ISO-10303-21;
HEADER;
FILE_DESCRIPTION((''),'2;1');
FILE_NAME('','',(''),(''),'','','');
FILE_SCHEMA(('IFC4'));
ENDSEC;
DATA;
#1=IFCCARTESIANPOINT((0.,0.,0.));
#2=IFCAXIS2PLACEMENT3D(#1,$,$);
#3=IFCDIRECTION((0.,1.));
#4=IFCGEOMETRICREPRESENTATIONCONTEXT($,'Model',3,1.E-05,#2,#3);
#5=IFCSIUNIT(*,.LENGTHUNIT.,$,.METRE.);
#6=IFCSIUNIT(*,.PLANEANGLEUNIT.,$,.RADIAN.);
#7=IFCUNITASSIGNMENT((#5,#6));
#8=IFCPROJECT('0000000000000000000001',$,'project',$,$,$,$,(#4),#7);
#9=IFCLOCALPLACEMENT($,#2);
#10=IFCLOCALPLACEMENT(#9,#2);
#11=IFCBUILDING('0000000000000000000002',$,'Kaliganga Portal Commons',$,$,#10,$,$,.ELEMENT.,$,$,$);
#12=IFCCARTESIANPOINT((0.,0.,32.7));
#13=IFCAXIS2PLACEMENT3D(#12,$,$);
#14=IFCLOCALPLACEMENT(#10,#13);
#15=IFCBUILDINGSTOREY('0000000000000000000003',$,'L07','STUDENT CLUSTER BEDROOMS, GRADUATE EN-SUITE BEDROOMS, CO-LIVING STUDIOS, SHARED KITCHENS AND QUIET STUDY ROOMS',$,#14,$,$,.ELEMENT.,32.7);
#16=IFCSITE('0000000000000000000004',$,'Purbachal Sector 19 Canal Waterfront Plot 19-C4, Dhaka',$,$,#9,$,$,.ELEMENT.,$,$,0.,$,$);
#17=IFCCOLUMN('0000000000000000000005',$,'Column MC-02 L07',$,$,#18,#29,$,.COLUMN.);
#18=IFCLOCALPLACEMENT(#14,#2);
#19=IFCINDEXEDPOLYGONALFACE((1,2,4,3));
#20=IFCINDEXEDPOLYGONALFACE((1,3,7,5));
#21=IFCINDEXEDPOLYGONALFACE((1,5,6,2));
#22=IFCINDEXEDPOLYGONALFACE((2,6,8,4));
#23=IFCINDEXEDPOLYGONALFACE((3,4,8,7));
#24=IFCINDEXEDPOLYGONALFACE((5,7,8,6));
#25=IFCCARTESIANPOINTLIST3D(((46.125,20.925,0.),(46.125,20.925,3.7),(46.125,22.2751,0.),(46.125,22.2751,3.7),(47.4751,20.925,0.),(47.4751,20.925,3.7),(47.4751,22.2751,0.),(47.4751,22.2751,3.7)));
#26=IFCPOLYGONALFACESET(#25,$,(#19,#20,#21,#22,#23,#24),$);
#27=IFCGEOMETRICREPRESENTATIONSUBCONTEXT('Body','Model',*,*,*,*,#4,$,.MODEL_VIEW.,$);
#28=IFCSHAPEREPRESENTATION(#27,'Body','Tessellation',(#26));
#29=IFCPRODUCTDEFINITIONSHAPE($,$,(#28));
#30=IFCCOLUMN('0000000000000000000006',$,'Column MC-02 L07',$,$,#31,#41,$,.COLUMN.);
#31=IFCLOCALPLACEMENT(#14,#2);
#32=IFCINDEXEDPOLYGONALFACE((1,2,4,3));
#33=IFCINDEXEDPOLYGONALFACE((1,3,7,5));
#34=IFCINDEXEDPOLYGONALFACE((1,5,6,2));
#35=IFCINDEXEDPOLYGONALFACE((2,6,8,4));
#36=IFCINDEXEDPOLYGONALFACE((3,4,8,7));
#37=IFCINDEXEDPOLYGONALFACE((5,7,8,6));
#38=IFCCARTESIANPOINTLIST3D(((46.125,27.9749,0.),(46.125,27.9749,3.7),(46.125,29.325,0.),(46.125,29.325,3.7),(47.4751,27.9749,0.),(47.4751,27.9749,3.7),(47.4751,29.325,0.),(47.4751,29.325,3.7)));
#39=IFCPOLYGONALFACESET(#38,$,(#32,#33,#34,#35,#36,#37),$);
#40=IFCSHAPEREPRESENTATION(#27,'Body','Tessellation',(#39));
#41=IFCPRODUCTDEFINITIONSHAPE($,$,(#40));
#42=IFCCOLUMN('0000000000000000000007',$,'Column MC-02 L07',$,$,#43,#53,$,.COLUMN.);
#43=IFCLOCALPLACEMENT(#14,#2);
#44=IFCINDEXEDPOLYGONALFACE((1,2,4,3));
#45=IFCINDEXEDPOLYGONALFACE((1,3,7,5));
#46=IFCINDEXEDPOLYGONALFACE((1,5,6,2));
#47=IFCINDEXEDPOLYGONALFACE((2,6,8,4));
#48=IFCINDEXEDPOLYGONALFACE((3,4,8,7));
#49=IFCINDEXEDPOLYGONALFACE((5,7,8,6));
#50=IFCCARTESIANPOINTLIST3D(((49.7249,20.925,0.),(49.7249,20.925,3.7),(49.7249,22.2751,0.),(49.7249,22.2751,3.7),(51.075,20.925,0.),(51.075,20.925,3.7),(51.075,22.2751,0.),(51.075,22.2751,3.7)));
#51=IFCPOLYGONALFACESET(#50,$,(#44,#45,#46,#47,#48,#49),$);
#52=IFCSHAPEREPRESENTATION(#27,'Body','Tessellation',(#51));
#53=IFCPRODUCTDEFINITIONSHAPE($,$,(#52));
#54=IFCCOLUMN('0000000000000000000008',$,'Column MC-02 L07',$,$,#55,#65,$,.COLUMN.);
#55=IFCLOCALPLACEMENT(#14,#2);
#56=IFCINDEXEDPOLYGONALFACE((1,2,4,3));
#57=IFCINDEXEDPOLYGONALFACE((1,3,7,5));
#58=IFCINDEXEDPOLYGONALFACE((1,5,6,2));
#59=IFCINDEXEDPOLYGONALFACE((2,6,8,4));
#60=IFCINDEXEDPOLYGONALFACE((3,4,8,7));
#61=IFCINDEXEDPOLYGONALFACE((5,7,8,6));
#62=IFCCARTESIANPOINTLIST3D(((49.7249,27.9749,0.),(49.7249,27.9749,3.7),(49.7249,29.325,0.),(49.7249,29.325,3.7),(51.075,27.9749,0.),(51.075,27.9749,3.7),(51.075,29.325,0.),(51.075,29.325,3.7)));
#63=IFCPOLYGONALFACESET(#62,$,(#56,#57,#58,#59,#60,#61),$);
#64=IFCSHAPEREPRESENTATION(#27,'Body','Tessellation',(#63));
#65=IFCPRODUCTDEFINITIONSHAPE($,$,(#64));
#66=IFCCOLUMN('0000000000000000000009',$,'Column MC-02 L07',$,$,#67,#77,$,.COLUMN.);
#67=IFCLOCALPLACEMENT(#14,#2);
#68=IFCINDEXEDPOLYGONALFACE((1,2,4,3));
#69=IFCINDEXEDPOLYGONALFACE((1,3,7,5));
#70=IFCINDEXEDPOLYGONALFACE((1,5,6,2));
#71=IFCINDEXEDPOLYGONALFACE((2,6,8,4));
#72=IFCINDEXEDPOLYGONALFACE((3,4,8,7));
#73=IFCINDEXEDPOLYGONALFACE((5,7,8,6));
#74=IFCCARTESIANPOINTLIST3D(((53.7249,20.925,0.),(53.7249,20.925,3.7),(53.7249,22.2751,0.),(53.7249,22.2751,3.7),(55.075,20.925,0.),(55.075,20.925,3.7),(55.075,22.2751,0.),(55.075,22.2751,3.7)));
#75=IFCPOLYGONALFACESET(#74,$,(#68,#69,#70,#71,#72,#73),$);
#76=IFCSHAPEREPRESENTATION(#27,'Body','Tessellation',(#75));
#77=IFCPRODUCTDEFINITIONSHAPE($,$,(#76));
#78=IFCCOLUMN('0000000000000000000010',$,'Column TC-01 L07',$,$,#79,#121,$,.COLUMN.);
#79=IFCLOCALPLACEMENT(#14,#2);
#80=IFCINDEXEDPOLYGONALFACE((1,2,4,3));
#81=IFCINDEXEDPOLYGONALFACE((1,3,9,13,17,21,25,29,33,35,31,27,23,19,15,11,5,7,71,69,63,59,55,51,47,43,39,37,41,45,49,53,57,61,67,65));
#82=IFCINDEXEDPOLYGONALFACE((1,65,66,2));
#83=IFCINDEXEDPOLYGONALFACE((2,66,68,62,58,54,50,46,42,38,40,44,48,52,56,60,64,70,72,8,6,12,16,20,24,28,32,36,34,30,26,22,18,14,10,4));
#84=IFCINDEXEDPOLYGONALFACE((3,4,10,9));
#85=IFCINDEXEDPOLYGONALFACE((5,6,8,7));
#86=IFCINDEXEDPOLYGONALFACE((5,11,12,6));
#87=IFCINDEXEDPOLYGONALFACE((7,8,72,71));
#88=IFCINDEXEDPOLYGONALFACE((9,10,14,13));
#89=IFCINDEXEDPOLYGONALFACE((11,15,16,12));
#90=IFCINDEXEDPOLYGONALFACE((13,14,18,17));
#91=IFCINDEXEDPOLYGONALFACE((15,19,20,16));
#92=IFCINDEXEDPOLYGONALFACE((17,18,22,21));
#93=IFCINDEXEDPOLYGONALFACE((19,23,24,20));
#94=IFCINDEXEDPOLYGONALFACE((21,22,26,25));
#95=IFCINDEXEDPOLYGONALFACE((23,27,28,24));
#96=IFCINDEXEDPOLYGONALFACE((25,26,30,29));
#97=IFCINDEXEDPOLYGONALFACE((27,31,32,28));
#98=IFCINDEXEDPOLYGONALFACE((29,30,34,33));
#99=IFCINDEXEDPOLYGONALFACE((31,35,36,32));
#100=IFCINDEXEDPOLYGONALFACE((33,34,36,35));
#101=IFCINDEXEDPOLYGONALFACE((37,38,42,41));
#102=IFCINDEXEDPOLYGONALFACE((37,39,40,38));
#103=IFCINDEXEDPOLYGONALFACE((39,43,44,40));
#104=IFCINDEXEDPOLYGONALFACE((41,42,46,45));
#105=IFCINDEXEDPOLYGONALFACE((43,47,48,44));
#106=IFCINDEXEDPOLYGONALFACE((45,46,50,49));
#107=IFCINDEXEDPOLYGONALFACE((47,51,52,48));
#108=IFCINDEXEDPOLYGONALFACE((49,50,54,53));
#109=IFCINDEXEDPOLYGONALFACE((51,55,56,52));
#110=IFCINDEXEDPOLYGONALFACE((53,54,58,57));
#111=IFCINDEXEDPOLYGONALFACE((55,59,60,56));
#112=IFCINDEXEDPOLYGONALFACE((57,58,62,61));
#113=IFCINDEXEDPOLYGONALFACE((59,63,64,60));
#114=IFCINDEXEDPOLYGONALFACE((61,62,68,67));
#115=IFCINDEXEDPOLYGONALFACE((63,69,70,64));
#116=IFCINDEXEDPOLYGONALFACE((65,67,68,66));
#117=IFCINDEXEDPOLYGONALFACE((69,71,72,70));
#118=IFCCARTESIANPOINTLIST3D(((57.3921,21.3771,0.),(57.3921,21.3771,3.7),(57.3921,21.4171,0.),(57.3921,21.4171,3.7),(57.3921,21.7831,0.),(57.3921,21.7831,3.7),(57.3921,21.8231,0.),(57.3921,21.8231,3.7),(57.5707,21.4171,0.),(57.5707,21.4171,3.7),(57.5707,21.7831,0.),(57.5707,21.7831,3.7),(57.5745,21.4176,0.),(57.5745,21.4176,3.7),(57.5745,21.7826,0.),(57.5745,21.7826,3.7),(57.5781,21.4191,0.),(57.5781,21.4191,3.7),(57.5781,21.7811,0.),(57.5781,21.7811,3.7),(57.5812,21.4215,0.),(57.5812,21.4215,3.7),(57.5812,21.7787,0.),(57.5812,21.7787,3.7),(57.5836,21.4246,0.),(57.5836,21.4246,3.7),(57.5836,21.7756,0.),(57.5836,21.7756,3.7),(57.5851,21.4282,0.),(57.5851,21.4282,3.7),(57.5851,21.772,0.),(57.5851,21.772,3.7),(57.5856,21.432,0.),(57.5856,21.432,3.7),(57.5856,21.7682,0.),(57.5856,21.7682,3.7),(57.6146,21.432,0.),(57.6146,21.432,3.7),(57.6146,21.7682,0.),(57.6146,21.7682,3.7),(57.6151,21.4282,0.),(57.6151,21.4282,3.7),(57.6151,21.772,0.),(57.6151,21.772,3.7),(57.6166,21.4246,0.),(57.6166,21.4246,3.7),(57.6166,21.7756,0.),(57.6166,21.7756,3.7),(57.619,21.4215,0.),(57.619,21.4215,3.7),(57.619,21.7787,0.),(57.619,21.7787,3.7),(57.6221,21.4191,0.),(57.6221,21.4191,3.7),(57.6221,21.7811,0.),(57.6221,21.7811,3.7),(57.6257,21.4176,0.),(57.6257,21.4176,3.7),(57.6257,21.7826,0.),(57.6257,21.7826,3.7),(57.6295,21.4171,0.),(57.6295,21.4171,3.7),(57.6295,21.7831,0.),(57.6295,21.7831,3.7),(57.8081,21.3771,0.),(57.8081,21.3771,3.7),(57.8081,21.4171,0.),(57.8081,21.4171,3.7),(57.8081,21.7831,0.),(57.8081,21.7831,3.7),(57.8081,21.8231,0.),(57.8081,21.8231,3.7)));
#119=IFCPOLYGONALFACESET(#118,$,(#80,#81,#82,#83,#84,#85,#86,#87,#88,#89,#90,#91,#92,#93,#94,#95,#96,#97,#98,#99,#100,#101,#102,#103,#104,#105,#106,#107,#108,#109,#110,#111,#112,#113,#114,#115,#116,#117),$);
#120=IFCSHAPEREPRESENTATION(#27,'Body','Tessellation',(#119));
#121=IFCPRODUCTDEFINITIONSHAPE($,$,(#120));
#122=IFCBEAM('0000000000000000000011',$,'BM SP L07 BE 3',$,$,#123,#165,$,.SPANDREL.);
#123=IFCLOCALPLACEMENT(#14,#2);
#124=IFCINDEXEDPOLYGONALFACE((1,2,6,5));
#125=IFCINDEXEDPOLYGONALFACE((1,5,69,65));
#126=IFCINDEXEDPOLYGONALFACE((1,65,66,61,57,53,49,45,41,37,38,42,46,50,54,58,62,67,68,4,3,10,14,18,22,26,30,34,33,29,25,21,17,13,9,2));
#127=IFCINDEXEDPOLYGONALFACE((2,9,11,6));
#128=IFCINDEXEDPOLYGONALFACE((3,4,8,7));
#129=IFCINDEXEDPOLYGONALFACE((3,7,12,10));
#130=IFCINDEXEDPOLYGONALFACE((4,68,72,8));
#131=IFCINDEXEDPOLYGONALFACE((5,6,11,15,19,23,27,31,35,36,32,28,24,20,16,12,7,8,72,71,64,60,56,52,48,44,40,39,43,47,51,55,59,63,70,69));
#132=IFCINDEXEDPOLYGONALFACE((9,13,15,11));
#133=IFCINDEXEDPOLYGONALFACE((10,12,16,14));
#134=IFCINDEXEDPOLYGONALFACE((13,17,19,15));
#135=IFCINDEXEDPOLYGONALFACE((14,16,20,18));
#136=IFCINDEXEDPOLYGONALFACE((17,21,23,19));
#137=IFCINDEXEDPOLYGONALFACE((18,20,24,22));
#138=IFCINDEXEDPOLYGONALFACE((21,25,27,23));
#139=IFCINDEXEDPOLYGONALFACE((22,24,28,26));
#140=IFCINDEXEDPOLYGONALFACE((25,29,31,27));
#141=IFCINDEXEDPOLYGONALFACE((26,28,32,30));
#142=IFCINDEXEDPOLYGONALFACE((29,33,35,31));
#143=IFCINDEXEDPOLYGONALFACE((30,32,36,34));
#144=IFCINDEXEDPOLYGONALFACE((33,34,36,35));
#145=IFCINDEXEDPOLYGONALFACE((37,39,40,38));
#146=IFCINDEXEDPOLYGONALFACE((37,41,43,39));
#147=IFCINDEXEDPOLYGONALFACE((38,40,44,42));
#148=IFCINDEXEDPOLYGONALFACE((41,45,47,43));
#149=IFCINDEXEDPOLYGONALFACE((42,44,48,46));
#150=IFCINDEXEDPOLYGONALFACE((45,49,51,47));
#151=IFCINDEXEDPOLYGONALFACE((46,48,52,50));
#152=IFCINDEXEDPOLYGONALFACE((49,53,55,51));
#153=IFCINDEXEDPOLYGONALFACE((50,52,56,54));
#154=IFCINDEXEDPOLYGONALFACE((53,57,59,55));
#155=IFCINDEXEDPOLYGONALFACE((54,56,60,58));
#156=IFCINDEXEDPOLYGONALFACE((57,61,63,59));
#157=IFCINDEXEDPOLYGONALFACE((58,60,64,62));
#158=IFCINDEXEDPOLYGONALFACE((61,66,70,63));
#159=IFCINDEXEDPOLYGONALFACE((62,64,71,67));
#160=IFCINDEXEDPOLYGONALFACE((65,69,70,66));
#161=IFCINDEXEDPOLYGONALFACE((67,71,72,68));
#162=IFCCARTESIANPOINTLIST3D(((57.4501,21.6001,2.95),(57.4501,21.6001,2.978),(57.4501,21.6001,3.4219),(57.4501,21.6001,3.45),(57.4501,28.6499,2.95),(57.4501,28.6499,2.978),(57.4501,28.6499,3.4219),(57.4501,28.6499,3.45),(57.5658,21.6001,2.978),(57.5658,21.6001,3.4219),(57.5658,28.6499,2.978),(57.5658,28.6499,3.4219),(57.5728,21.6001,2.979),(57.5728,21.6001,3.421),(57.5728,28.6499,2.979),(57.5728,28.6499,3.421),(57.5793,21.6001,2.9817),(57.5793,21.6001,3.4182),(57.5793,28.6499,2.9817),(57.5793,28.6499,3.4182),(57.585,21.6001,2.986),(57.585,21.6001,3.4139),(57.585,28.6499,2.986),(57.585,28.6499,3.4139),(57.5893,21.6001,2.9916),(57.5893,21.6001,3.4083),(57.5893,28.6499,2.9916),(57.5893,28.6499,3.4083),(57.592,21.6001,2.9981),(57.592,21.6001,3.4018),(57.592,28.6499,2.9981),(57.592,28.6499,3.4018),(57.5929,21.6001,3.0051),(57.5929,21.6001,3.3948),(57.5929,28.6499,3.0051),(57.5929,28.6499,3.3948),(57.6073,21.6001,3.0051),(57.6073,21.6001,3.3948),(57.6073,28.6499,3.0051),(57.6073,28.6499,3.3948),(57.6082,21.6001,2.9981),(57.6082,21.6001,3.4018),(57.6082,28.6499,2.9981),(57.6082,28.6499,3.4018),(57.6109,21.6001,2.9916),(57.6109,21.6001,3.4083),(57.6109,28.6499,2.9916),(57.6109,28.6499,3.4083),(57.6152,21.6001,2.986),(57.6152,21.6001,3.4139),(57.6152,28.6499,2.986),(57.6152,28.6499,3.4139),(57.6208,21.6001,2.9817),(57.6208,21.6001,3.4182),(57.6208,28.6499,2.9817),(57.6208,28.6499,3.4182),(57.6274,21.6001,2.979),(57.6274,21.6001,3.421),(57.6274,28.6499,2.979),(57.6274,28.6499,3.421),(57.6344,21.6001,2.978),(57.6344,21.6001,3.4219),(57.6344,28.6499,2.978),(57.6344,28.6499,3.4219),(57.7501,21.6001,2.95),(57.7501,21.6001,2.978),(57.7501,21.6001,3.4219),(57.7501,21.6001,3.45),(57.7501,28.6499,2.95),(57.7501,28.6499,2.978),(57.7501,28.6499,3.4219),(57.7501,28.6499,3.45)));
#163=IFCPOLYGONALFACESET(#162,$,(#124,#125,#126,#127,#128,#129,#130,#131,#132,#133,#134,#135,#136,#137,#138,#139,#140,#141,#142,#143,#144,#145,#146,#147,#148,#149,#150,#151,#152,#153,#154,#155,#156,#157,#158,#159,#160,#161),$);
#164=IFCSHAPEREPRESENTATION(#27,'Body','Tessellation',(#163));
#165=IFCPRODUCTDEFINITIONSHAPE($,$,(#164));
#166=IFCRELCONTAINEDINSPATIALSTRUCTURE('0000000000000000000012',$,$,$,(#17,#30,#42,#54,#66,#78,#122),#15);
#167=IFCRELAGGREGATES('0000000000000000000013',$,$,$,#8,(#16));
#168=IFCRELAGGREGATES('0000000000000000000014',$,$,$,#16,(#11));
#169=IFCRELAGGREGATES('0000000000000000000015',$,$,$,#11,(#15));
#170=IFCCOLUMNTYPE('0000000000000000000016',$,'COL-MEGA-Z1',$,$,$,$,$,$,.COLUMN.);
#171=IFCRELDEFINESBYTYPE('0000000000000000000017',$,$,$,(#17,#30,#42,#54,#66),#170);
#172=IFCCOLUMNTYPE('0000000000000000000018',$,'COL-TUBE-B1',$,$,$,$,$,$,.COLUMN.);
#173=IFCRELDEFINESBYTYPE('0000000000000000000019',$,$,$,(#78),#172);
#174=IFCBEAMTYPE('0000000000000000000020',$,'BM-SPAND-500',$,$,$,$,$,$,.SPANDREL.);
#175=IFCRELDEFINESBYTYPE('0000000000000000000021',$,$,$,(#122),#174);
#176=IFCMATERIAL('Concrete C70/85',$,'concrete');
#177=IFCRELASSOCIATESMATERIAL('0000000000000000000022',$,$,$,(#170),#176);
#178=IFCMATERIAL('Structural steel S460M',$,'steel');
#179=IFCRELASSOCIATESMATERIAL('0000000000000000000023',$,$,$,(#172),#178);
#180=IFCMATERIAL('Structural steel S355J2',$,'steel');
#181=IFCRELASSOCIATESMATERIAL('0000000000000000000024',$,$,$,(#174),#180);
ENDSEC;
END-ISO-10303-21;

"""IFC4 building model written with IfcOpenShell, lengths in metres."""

from ifc_helpers import new_model, si_unit, direction, frame, origin, origin_2d, place, context, subcontext, project, spatial, rectangle, i_section, extrude, source, transform, mapped, material, material_profile, profile_set, type_object, element, save


model = new_model("IFC4")

# Units and contexts
model_context = context("Model", 3, precision=1e-05, world=origin(), true_north=direction((0.0, 1.0)))
body_context = subcontext(model_context, "Body", "Model", "MODEL_VIEW")
ifc_project = project(units=[si_unit("LENGTHUNIT", "METRE"), si_unit("PLANEANGLEUNIT", "RADIAN")], contexts=[model_context])

# Site, building, storey
site_placement = place(None, origin())
site = spatial("IfcSite", under=ifc_project, at=site_placement, Name="Purbachal Sector 19 Canal Waterfront Plot 19-C4, Dhaka", CompositionType="ELEMENT", RefElevation=0.0)
building_placement = place(site_placement, origin())
building = spatial("IfcBuilding", under=site, at=building_placement, Name="Kaliganga Portal Commons", CompositionType="ELEMENT")
storey_placement = place(building_placement, frame((0.0, 0.0, 32.7)))
storey = spatial("IfcBuildingStorey", under=building, at=storey_placement, Name="L07", Description="STUDENT CLUSTER BEDROOMS, GRADUATE EN-SUITE BEDROOMS, CO-LIVING STUDIOS, SHARED KITCHENS AND QUIET STUDY ROOMS", CompositionType="ELEMENT", Elevation=32.7)

# Columns
ifc_material_1 = material(Name="Concrete C70/85", Category="concrete")
ifc_material_profile_1 = material_profile(ifc_material_1, rectangle(XDim=1.3501, YDim=1.3501, at=origin_2d()), Name="RC 1350x1350")
ifc_profile_set_1 = profile_set([ifc_material_profile_1], Name="Concrete C70/85")
column_type_1 = type_object("IfcColumnType", Name="COL-MEGA-Z1", PredefinedType="COLUMN", material=ifc_profile_set_1)
shared_shape_1 = source(origin(), body_context, "Body", "SweptSolid", [
    extrude(rectangle(XDim=1.3501, YDim=1.3501, at=origin_2d()), origin(), (0.0, 0.0, 1.0), 3.7),
])
for number, where, z_axis, x_axis, name in (
    (1, (46.8, 21.6001, 0.0), (0.0, 0.0, 1.0), (1.0, 0.0, 0.0), "Column MC-02 L07"),
    (2, (46.8, 28.6499, 0.0), (0.0, 0.0, 1.0), (1.0, 0.0, 0.0), "Column MC-02 L07"),
    (3, (50.3999, 21.6001, 0.0), (0.0, 0.0, 1.0), (1.0, 0.0, 0.0), "Column MC-02 L07"),
    (4, (50.3999, 28.6499, 0.0), (0.0, 0.0, 1.0), (1.0, 0.0, 0.0), "Column MC-02 L07"),
    (5, (54.3999, 21.6001, 0.0), (0.0, 0.0, 1.0), (1.0, 0.0, 0.0), "Column MC-02 L07"),
):
    element("IfcColumn", number, at=place(storey_placement, frame(where, z_axis=z_axis, x_axis=x_axis)), inside=storey, type_object=column_type_1, Name=name, PredefinedType="COLUMN", context=body_context, shape_type="MappedRepresentation", body=[
        mapped(shared_shape_1, transform((0.0, 0.0, 0.0), x_axis=(1.0, 0.0, 0.0), y_axis=(0.0, 1.0, 0.0), z_axis=(0.0, 0.0, 1.0), scale=1.0)),
    ])
ifc_material_2 = material(Name="Structural steel S460M", Category="steel")
ifc_material_profile_2 = material_profile(ifc_material_2, i_section(OverallWidth=0.416, OverallDepth=0.446, WebThickness=0.0291, FlangeThickness=0.04, FilletRadius=0.0149, at=origin_2d()), Name="HD 400x509")
ifc_profile_set_2 = profile_set([ifc_material_profile_2], Name="Structural steel S460M wide-flange")
column_type_2 = type_object("IfcColumnType", Name="COL-TUBE-B1", PredefinedType="COLUMN", material=ifc_profile_set_2)
shared_shape_2 = source(origin(), body_context, "Body", "SweptSolid", [
    extrude(i_section(OverallWidth=0.416, OverallDepth=0.446, WebThickness=0.0291, FlangeThickness=0.04, FilletRadius=0.0149, at=origin_2d()), origin(), (0.0, 0.0, 1.0), 3.7),
])
column_placement = place(storey_placement, frame((57.6001, 21.6001, 0.0), z_axis=(0.0, 0.0, 1.0), x_axis=(1.0, 0.0, 0.0)))
element("IfcColumn", 6, at=column_placement, inside=storey, type_object=column_type_2, Name="Column TC-01 L07", PredefinedType="COLUMN", context=body_context, shape_type="MappedRepresentation", body=[
    mapped(shared_shape_2, transform((0.0, 0.0, 0.0), x_axis=(1.0, 0.0, 0.0), y_axis=(0.0, 1.0, 0.0), z_axis=(0.0, 0.0, 1.0), scale=1.0)),
])

# Beam
ifc_material_3 = material(Name="Structural steel S355J2", Category="steel")
ifc_material_profile_3 = material_profile(ifc_material_3, i_section(OverallWidth=0.3, OverallDepth=0.5, WebThickness=0.0144, FlangeThickness=0.0281, FilletRadius=0.0271, at=origin_2d()), Name="HE 500 B")
ifc_profile_set_3 = profile_set([ifc_material_profile_3], Name="Structural steel S355J2 wide-flange")
beam_type_1 = type_object("IfcBeamType", Name="BM-SPAND-500", PredefinedType="SPANDREL", material=ifc_profile_set_3)
shared_shape_3 = source(origin(), body_context, "Body", "SweptSolid", [
    extrude(i_section(OverallWidth=0.3, OverallDepth=0.5, WebThickness=0.0144, FlangeThickness=0.0281, FilletRadius=0.0271, at=origin_2d()), origin(), (0.0, 0.0, 1.0), 7.0498),
])
beam_1_placement = place(storey_placement, frame((57.6001, 21.6001, 3.2), z_axis=(0.0, 1.0, 0.0), x_axis=(-1.0, 0.0, 0.0)))
element("IfcBeam", 7, at=beam_1_placement, inside=storey, type_object=beam_type_1, Name="BM SP L07 BE 3", PredefinedType="SPANDREL", context=body_context, shape_type="MappedRepresentation", body=[
    mapped(shared_shape_3, transform((0.0, 0.0, 0.0), x_axis=(1.0, 0.0, 0.0), y_axis=(0.0, 1.0, 0.0), z_axis=(0.0, 0.0, 1.0), scale=1.0)),
])

save(model, "model.ifc")
